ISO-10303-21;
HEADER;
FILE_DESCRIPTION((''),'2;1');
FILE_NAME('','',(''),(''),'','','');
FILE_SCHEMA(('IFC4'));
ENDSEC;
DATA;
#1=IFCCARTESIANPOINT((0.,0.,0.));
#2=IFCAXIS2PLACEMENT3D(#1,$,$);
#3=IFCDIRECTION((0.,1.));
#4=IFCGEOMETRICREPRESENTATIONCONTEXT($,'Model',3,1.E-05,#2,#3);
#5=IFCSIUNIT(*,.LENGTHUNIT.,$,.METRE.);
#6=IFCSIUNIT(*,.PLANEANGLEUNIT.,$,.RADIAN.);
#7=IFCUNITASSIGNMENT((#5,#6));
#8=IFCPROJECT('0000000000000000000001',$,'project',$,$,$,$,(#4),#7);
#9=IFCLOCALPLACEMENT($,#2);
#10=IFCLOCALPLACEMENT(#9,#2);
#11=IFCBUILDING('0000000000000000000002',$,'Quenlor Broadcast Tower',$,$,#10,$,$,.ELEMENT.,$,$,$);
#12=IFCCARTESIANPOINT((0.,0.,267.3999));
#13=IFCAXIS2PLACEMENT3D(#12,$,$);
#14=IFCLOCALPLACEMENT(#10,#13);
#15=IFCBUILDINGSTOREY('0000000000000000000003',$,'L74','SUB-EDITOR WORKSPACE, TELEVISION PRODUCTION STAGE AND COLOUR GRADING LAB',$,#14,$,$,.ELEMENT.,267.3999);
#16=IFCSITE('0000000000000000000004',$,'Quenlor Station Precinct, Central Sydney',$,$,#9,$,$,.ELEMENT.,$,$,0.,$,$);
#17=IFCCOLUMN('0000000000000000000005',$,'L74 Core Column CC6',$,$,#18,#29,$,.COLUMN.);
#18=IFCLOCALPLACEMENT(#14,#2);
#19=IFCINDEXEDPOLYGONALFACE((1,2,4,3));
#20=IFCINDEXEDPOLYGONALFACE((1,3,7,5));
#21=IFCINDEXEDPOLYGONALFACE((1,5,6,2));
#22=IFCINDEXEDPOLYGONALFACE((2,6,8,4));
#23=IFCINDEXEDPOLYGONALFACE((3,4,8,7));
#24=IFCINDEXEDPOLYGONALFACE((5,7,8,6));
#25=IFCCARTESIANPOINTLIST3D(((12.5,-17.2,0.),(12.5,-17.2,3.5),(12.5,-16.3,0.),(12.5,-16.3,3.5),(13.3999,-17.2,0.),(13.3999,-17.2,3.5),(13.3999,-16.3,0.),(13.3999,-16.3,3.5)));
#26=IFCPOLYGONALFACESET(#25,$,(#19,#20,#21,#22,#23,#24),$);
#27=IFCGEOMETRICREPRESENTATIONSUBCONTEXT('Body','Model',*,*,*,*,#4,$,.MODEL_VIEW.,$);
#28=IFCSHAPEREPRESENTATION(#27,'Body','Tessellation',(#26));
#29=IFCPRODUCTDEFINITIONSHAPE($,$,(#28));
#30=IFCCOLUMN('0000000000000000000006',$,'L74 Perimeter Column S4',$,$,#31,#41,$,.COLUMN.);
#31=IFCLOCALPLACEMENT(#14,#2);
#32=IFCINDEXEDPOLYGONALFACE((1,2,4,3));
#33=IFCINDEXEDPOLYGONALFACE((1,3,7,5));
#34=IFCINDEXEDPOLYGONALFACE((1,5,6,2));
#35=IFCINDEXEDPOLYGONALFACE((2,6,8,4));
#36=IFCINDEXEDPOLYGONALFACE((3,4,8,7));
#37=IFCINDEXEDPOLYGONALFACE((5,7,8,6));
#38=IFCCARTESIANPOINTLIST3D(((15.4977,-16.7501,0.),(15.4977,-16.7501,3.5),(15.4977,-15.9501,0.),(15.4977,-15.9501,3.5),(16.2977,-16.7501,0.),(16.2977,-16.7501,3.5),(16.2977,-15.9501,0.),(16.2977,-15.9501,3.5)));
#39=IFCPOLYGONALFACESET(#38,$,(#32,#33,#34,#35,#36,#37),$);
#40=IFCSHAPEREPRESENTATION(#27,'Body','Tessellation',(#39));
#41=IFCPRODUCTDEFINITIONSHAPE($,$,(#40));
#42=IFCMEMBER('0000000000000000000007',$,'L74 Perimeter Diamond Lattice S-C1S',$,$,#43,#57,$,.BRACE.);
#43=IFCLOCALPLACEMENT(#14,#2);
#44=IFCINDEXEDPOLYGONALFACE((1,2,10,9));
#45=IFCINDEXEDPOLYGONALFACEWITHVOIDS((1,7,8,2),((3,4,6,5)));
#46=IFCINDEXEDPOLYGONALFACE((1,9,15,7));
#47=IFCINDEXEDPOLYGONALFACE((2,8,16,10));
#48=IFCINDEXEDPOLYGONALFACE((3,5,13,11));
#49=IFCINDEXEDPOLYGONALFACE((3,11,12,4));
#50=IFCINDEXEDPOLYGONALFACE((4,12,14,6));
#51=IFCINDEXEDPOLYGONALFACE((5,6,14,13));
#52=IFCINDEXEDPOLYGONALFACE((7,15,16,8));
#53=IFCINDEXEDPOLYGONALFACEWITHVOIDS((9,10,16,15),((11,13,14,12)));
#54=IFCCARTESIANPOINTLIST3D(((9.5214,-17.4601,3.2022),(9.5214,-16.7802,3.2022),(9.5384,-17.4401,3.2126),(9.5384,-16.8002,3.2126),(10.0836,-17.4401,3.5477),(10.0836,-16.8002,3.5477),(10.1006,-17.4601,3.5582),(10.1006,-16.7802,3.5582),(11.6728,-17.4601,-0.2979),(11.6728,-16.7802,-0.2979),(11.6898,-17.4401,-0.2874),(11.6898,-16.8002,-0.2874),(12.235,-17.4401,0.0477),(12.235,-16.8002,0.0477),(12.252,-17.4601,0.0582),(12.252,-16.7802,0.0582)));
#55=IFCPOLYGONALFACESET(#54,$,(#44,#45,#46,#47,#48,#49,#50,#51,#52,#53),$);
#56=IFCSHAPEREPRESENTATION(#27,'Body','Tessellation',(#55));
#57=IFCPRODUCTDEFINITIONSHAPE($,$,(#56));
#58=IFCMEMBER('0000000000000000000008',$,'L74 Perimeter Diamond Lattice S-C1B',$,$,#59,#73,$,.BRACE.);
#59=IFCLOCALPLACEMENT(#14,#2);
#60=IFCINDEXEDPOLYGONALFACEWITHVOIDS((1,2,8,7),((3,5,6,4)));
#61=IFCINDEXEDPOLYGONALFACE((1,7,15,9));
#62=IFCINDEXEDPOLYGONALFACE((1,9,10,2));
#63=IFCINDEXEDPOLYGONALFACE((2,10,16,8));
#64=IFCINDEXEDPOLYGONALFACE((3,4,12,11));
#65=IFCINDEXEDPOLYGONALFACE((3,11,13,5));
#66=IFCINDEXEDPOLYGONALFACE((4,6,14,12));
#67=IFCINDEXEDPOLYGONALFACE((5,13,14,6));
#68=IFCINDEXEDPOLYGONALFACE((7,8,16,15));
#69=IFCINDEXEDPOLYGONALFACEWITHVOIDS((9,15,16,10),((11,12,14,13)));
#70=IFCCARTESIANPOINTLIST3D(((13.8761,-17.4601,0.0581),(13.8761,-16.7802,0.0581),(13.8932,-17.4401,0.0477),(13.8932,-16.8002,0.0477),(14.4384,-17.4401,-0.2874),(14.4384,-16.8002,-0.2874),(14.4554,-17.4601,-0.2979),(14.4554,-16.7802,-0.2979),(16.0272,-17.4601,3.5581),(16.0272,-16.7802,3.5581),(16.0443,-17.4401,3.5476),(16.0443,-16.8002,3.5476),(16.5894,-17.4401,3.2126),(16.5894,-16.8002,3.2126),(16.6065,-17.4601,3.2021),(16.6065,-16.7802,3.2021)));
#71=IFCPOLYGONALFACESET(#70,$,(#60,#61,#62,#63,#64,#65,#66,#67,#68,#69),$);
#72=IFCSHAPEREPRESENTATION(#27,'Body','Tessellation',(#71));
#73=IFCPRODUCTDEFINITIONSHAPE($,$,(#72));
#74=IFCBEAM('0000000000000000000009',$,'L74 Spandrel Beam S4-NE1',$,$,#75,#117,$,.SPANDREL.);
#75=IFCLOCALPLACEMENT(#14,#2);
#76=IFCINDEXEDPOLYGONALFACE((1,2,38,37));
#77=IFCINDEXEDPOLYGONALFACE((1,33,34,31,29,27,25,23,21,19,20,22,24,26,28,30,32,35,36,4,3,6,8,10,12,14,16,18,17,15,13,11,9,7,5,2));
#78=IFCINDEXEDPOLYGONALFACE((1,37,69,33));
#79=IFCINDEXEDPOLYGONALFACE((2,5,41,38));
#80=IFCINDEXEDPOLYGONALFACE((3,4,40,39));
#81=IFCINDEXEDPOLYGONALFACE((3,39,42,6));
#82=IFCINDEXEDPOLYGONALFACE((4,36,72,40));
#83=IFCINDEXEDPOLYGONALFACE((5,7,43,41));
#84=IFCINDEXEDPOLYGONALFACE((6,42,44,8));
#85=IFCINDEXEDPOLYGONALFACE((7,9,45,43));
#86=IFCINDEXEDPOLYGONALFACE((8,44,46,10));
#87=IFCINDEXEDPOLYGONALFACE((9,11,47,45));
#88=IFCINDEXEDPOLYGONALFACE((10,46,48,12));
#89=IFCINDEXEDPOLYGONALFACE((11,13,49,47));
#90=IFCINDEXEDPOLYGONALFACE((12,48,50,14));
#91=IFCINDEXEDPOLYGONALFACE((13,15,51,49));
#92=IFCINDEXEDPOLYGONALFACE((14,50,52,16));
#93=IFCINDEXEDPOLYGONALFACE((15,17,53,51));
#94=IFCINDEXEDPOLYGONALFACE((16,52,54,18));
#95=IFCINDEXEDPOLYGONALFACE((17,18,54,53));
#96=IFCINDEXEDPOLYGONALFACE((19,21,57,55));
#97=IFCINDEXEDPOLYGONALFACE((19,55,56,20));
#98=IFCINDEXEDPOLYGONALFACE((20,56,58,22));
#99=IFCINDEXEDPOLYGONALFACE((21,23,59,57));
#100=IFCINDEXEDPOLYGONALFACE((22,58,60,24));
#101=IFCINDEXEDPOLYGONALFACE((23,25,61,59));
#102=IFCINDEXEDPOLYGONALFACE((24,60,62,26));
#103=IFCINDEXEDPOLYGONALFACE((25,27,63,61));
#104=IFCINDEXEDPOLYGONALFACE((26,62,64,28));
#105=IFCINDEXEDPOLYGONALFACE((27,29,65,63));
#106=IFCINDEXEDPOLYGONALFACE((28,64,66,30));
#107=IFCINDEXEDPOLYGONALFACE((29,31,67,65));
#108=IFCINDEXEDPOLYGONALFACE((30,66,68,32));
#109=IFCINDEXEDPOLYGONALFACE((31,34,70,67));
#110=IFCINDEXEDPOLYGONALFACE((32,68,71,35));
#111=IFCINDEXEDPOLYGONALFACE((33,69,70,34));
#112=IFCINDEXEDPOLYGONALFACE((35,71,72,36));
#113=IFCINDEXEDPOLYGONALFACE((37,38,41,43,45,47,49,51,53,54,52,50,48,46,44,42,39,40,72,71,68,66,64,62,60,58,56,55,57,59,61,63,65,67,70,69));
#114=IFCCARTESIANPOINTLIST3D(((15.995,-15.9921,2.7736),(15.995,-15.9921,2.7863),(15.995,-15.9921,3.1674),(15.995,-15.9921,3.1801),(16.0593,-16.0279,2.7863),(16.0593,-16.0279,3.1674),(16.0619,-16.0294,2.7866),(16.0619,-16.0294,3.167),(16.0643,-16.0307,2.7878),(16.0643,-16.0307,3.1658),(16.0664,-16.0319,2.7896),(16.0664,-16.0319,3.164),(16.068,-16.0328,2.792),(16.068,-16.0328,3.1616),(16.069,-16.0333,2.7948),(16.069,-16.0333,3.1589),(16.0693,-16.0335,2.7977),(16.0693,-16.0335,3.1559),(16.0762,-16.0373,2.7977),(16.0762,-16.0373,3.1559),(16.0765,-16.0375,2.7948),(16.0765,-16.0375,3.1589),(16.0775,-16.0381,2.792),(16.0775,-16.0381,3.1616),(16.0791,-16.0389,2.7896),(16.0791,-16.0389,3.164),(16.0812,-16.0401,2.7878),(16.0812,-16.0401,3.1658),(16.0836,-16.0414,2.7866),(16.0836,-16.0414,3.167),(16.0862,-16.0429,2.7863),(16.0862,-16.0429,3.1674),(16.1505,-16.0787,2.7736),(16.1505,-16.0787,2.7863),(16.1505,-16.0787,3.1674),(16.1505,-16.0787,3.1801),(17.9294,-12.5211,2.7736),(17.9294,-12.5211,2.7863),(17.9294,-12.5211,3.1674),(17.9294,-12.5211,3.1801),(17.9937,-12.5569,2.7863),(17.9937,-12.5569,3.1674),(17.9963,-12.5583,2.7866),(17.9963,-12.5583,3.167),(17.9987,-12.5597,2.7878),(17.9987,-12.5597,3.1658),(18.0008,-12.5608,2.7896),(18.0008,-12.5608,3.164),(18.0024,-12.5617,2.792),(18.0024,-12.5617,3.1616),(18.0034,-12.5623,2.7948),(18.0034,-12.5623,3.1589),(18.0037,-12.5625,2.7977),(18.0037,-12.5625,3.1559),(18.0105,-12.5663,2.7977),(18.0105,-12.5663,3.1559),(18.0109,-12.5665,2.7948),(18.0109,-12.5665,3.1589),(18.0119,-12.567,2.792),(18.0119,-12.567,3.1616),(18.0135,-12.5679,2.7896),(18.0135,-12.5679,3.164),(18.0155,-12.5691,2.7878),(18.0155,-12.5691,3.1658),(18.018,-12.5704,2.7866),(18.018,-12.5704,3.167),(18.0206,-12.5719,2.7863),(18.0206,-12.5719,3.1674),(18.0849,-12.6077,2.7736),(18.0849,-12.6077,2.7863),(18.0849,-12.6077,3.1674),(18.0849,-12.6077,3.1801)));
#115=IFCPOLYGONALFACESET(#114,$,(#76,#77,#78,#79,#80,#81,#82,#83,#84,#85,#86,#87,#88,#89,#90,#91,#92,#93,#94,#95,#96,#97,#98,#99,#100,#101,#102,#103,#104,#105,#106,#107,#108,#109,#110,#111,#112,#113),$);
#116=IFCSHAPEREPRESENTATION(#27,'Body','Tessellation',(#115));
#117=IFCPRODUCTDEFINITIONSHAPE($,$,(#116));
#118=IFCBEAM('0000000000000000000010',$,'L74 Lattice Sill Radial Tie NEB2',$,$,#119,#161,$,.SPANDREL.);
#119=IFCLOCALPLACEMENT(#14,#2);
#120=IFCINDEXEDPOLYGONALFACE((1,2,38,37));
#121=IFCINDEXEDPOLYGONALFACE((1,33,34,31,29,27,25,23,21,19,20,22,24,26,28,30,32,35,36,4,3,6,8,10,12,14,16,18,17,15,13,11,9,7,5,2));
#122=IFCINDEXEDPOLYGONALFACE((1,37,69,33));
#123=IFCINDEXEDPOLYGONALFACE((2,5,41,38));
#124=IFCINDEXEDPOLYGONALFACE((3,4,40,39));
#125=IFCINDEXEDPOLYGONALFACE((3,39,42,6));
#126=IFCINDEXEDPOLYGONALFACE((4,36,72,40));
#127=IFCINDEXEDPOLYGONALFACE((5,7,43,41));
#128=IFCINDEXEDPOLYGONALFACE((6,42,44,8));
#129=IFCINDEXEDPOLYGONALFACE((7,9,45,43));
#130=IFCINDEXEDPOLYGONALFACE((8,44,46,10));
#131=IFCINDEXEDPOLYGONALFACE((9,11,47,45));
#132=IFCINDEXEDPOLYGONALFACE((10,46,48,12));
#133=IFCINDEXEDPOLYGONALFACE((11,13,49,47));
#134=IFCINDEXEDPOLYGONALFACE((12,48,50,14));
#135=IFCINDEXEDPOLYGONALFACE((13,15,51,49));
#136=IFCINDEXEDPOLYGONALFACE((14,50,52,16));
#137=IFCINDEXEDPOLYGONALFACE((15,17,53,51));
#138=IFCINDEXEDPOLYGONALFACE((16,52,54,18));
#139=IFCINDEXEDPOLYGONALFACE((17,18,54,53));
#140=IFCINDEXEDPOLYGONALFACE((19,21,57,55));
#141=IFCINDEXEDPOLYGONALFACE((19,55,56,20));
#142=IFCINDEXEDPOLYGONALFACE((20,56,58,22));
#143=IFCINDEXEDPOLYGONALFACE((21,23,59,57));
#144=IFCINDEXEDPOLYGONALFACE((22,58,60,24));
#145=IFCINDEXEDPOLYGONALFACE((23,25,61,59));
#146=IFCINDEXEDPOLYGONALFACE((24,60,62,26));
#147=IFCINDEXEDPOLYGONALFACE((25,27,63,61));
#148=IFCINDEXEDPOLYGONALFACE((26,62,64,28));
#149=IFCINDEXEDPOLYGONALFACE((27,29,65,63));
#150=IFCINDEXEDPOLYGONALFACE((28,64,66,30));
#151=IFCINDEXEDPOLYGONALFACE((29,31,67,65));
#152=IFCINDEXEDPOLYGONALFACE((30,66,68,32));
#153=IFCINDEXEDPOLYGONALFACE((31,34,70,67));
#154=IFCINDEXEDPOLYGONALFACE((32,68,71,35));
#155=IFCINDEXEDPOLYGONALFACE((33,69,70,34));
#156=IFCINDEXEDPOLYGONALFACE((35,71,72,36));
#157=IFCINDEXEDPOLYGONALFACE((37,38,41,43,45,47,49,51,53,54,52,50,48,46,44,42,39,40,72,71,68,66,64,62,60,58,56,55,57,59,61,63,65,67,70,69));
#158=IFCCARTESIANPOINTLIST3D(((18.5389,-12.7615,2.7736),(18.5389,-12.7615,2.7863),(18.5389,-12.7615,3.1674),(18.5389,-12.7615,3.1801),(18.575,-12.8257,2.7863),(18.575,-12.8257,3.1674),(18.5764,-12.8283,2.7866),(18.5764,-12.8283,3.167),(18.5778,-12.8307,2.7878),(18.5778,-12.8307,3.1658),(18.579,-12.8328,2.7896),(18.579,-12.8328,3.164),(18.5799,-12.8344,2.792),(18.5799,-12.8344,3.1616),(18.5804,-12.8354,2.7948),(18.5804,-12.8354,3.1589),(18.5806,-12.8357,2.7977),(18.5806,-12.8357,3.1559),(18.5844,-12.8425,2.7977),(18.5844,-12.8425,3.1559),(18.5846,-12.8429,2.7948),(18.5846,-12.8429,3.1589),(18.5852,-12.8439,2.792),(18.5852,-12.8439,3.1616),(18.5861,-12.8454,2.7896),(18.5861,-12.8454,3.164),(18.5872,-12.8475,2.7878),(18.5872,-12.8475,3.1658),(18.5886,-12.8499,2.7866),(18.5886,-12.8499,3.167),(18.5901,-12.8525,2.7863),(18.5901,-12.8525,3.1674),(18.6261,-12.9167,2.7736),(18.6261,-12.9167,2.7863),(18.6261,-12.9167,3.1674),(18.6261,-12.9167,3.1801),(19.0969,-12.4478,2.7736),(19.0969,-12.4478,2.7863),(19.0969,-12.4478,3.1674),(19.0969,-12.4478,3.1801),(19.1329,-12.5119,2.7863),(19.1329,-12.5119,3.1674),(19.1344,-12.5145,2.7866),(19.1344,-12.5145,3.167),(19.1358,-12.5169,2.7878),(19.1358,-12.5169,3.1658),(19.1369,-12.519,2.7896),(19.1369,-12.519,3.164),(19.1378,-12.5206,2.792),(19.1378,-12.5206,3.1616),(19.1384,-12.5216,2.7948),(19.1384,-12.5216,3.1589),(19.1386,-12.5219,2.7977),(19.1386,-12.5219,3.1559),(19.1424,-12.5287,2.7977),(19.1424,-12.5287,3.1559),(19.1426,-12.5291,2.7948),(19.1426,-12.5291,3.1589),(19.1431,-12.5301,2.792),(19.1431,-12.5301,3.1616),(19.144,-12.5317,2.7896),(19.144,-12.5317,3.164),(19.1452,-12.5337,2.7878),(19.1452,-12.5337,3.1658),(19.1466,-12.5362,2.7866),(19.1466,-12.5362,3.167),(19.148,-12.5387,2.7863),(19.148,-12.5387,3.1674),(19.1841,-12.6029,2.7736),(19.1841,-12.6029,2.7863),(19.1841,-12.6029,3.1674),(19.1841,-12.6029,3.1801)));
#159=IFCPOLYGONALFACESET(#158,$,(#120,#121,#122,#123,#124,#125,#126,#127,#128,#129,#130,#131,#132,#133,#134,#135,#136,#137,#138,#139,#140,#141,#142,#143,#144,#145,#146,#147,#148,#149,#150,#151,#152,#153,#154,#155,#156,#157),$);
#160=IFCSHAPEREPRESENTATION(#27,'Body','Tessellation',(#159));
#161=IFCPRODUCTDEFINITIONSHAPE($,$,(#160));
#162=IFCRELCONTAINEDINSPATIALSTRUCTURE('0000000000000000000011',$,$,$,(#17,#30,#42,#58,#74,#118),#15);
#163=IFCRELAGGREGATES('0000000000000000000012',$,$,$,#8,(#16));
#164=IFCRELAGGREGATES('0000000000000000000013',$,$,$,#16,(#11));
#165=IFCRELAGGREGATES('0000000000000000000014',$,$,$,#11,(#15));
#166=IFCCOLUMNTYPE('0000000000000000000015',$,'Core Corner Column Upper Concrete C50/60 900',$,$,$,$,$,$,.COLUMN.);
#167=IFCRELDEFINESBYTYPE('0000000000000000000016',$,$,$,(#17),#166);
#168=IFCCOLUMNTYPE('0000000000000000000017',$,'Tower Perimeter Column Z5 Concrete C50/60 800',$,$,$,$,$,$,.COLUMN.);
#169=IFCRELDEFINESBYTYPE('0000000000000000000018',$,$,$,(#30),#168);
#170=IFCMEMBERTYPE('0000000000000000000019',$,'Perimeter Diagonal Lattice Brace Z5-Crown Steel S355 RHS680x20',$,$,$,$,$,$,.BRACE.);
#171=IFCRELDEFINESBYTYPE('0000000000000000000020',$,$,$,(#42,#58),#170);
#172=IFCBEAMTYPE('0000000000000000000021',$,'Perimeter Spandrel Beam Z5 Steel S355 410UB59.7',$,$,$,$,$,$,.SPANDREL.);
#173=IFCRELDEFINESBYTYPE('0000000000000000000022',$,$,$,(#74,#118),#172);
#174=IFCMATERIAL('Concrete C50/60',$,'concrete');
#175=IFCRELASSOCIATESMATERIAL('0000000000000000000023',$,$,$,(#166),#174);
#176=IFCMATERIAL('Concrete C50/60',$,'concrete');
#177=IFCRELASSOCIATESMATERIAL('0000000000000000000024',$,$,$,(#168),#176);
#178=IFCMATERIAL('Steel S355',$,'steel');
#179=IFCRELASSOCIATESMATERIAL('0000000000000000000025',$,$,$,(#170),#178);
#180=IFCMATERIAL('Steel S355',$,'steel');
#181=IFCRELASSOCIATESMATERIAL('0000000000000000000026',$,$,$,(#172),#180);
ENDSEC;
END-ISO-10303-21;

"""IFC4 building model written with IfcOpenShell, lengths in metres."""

from ifc_helpers import new_model, si_unit, direction, frame, origin, origin_2d, place, context, subcontext, project, spatial, rectangle, hollow_rectangle, i_section, extrude, material, material_profile, profile_set, type_object, element, save


model = new_model("IFC4")

# Units and contexts
model_context = context("Model", 3, precision=1e-05, world=origin(), true_north=direction((0.0, 1.0)))
body_context = subcontext(model_context, "Body", "Model", "MODEL_VIEW")
ifc_project = project(units=[si_unit("LENGTHUNIT", "METRE"), si_unit("PLANEANGLEUNIT", "RADIAN")], contexts=[model_context])

# Site, building, storey
site_placement = place(None, origin())
site = spatial("IfcSite", under=ifc_project, at=site_placement, Name="Quenlor Station Precinct, Central Sydney", CompositionType="ELEMENT", RefElevation=0.0)
building_placement = place(site_placement, origin())
building = spatial("IfcBuilding", under=site, at=building_placement, Name="Quenlor Broadcast Tower", CompositionType="ELEMENT")
storey_placement = place(building_placement, frame((0.0, 0.0, 267.3999)))
storey = spatial("IfcBuildingStorey", under=building, at=storey_placement, Name="L74", Description="SUB-EDITOR WORKSPACE, TELEVISION PRODUCTION STAGE AND COLOUR GRADING LAB", CompositionType="ELEMENT", Elevation=267.3999)

# Columns
ifc_material_1 = material(Name="Concrete C50/60", Category="concrete")
ifc_material_profile_1 = material_profile(ifc_material_1, rectangle(XDim=0.8999, YDim=0.8999, at=origin_2d()))
ifc_profile_set_1 = profile_set([ifc_material_profile_1], Name="Concrete C50/60 RC900x900")
column_type_1 = type_object("IfcColumnType", Name="Core Corner Column Upper Concrete C50/60 900", PredefinedType="COLUMN", material=ifc_profile_set_1)
column_1_placement = place(storey_placement, frame((12.95, -16.75, 0.0), z_axis=(0.0, 0.0, 1.0), x_axis=(1.0, 0.0, 0.0)))
element("IfcColumn", 1, at=column_1_placement, inside=storey, type_object=column_type_1, Name="L74 Core Column CC6", PredefinedType="COLUMN", context=body_context, shape_type="SweptSolid", body=[
    extrude(rectangle(XDim=0.8999, YDim=0.8999, at=origin_2d()), origin(), (0.0, 0.0, 1.0), 3.5),
])
ifc_material_2 = material(Name="Concrete C50/60", Category="concrete")
ifc_material_profile_2 = material_profile(ifc_material_2, rectangle(XDim=0.8, YDim=0.8, at=origin_2d()))
ifc_profile_set_2 = profile_set([ifc_material_profile_2], Name="Concrete C50/60 RC800x800")
column_type_2 = type_object("IfcColumnType", Name="Tower Perimeter Column Z5 Concrete C50/60 800", PredefinedType="COLUMN", material=ifc_profile_set_2)
column_2_placement = place(storey_placement, frame((15.8977, -16.3501, 0.0), z_axis=(0.0, 0.0, 1.0), x_axis=(0.0, 1.0, 0.0)))
element("IfcColumn", 2, at=column_2_placement, inside=storey, type_object=column_type_2, Name="L74 Perimeter Column S4", PredefinedType="COLUMN", context=body_context, shape_type="SweptSolid", body=[
    extrude(rectangle(XDim=0.8, YDim=0.8, at=origin_2d()), origin(), (0.0, 0.0, 1.0), 3.5),
])

# Members
ifc_material_3 = material(Name="Steel S355", Category="steel")
ifc_material_profile_3 = material_profile(ifc_material_3, hollow_rectangle(XDim=0.6799, YDim=0.6799, WallThickness=0.02, at=origin_2d()))
ifc_profile_set_3 = profile_set([ifc_material_profile_3], Name="Steel S355 RHS680x680x20")
member_type = type_object("IfcMemberType", Name="Perimeter Diagonal Lattice Brace Z5-Crown Steel S355 RHS680x20", PredefinedType="BRACE", material=ifc_profile_set_3)
member_1_placement = place(storey_placement, frame((11.9624, -17.1201, -0.1199), z_axis=(-0.52366, 0.0, 0.851928), x_axis=(0.0, -1.0, 0.0)))
element("IfcMember", 3, at=member_1_placement, inside=storey, type_object=member_type, Name="L74 Perimeter Diamond Lattice S-C1S", PredefinedType="BRACE", context=body_context, shape_type="SweptSolid", body=[
    extrude(hollow_rectangle(XDim=0.6799, YDim=0.6799, WallThickness=0.02, at=origin_2d()), origin(), (0.0, 0.0, 1.0), 4.1084),
])
member_2_placement = place(storey_placement, frame((14.1658, -17.1201, -0.1199), z_axis=(0.523617, 0.0, 0.851954), x_axis=(0.0, 1.0, 0.0)))
element("IfcMember", 4, at=member_2_placement, inside=storey, type_object=member_type, Name="L74 Perimeter Diamond Lattice S-C1B", PredefinedType="BRACE", context=body_context, shape_type="SweptSolid", body=[
    extrude(hollow_rectangle(XDim=0.6799, YDim=0.6799, WallThickness=0.02, at=origin_2d()), origin(), (0.0, 0.0, 1.0), 4.1082),
])

# Beams
ifc_material_4 = material(Name="Steel S355", Category="steel")
ifc_material_profile_4 = material_profile(ifc_material_4, i_section(OverallWidth=0.178, OverallDepth=0.4065, WebThickness=0.0078, FlangeThickness=0.0127, FilletRadius=0.0115, at=origin_2d()))
ifc_profile_set_4 = profile_set([ifc_material_profile_4], Name="Steel S355 410UB59.7")
beam_type_1 = type_object("IfcBeamType", Name="Perimeter Spandrel Beam Z5 Steel S355 410UB59.7", PredefinedType="SPANDREL", material=ifc_profile_set_4)
beam_1_placement = place(storey_placement, frame((16.0728, -16.0354, 2.9768), z_axis=(0.486801, 0.873513, 0.0), x_axis=(-0.873513, 0.486801, 0.0)))
element("IfcBeam", 5, at=beam_1_placement, inside=storey, type_object=beam_type_1, Name="L74 Spandrel Beam S4-NE1", PredefinedType="SPANDREL", context=body_context, shape_type="SweptSolid", body=[
    extrude(i_section(OverallWidth=0.178, OverallDepth=0.4065, WebThickness=0.0078, FlangeThickness=0.0127, FilletRadius=0.0115, at=origin_2d()), origin(), (0.0, 0.0, 1.0), 3.9736),
])
beam_2_placement = place(storey_placement, frame((18.5825, -12.8391, 2.9768), z_axis=(0.871626, 0.490171, 0.0), x_axis=(-0.490171, 0.871626, 0.0)))
element("IfcBeam", 6, at=beam_2_placement, inside=storey, type_object=beam_type_1, Name="L74 Lattice Sill Radial Tie NEB2", PredefinedType="SPANDREL", context=body_context, shape_type="SweptSolid", body=[
    extrude(i_section(OverallWidth=0.178, OverallDepth=0.4065, WebThickness=0.0078, FlangeThickness=0.0127, FilletRadius=0.0115, at=origin_2d()), origin(), (0.0, 0.0, 1.0), 0.6401),
])

save(model, "model.ifc")
